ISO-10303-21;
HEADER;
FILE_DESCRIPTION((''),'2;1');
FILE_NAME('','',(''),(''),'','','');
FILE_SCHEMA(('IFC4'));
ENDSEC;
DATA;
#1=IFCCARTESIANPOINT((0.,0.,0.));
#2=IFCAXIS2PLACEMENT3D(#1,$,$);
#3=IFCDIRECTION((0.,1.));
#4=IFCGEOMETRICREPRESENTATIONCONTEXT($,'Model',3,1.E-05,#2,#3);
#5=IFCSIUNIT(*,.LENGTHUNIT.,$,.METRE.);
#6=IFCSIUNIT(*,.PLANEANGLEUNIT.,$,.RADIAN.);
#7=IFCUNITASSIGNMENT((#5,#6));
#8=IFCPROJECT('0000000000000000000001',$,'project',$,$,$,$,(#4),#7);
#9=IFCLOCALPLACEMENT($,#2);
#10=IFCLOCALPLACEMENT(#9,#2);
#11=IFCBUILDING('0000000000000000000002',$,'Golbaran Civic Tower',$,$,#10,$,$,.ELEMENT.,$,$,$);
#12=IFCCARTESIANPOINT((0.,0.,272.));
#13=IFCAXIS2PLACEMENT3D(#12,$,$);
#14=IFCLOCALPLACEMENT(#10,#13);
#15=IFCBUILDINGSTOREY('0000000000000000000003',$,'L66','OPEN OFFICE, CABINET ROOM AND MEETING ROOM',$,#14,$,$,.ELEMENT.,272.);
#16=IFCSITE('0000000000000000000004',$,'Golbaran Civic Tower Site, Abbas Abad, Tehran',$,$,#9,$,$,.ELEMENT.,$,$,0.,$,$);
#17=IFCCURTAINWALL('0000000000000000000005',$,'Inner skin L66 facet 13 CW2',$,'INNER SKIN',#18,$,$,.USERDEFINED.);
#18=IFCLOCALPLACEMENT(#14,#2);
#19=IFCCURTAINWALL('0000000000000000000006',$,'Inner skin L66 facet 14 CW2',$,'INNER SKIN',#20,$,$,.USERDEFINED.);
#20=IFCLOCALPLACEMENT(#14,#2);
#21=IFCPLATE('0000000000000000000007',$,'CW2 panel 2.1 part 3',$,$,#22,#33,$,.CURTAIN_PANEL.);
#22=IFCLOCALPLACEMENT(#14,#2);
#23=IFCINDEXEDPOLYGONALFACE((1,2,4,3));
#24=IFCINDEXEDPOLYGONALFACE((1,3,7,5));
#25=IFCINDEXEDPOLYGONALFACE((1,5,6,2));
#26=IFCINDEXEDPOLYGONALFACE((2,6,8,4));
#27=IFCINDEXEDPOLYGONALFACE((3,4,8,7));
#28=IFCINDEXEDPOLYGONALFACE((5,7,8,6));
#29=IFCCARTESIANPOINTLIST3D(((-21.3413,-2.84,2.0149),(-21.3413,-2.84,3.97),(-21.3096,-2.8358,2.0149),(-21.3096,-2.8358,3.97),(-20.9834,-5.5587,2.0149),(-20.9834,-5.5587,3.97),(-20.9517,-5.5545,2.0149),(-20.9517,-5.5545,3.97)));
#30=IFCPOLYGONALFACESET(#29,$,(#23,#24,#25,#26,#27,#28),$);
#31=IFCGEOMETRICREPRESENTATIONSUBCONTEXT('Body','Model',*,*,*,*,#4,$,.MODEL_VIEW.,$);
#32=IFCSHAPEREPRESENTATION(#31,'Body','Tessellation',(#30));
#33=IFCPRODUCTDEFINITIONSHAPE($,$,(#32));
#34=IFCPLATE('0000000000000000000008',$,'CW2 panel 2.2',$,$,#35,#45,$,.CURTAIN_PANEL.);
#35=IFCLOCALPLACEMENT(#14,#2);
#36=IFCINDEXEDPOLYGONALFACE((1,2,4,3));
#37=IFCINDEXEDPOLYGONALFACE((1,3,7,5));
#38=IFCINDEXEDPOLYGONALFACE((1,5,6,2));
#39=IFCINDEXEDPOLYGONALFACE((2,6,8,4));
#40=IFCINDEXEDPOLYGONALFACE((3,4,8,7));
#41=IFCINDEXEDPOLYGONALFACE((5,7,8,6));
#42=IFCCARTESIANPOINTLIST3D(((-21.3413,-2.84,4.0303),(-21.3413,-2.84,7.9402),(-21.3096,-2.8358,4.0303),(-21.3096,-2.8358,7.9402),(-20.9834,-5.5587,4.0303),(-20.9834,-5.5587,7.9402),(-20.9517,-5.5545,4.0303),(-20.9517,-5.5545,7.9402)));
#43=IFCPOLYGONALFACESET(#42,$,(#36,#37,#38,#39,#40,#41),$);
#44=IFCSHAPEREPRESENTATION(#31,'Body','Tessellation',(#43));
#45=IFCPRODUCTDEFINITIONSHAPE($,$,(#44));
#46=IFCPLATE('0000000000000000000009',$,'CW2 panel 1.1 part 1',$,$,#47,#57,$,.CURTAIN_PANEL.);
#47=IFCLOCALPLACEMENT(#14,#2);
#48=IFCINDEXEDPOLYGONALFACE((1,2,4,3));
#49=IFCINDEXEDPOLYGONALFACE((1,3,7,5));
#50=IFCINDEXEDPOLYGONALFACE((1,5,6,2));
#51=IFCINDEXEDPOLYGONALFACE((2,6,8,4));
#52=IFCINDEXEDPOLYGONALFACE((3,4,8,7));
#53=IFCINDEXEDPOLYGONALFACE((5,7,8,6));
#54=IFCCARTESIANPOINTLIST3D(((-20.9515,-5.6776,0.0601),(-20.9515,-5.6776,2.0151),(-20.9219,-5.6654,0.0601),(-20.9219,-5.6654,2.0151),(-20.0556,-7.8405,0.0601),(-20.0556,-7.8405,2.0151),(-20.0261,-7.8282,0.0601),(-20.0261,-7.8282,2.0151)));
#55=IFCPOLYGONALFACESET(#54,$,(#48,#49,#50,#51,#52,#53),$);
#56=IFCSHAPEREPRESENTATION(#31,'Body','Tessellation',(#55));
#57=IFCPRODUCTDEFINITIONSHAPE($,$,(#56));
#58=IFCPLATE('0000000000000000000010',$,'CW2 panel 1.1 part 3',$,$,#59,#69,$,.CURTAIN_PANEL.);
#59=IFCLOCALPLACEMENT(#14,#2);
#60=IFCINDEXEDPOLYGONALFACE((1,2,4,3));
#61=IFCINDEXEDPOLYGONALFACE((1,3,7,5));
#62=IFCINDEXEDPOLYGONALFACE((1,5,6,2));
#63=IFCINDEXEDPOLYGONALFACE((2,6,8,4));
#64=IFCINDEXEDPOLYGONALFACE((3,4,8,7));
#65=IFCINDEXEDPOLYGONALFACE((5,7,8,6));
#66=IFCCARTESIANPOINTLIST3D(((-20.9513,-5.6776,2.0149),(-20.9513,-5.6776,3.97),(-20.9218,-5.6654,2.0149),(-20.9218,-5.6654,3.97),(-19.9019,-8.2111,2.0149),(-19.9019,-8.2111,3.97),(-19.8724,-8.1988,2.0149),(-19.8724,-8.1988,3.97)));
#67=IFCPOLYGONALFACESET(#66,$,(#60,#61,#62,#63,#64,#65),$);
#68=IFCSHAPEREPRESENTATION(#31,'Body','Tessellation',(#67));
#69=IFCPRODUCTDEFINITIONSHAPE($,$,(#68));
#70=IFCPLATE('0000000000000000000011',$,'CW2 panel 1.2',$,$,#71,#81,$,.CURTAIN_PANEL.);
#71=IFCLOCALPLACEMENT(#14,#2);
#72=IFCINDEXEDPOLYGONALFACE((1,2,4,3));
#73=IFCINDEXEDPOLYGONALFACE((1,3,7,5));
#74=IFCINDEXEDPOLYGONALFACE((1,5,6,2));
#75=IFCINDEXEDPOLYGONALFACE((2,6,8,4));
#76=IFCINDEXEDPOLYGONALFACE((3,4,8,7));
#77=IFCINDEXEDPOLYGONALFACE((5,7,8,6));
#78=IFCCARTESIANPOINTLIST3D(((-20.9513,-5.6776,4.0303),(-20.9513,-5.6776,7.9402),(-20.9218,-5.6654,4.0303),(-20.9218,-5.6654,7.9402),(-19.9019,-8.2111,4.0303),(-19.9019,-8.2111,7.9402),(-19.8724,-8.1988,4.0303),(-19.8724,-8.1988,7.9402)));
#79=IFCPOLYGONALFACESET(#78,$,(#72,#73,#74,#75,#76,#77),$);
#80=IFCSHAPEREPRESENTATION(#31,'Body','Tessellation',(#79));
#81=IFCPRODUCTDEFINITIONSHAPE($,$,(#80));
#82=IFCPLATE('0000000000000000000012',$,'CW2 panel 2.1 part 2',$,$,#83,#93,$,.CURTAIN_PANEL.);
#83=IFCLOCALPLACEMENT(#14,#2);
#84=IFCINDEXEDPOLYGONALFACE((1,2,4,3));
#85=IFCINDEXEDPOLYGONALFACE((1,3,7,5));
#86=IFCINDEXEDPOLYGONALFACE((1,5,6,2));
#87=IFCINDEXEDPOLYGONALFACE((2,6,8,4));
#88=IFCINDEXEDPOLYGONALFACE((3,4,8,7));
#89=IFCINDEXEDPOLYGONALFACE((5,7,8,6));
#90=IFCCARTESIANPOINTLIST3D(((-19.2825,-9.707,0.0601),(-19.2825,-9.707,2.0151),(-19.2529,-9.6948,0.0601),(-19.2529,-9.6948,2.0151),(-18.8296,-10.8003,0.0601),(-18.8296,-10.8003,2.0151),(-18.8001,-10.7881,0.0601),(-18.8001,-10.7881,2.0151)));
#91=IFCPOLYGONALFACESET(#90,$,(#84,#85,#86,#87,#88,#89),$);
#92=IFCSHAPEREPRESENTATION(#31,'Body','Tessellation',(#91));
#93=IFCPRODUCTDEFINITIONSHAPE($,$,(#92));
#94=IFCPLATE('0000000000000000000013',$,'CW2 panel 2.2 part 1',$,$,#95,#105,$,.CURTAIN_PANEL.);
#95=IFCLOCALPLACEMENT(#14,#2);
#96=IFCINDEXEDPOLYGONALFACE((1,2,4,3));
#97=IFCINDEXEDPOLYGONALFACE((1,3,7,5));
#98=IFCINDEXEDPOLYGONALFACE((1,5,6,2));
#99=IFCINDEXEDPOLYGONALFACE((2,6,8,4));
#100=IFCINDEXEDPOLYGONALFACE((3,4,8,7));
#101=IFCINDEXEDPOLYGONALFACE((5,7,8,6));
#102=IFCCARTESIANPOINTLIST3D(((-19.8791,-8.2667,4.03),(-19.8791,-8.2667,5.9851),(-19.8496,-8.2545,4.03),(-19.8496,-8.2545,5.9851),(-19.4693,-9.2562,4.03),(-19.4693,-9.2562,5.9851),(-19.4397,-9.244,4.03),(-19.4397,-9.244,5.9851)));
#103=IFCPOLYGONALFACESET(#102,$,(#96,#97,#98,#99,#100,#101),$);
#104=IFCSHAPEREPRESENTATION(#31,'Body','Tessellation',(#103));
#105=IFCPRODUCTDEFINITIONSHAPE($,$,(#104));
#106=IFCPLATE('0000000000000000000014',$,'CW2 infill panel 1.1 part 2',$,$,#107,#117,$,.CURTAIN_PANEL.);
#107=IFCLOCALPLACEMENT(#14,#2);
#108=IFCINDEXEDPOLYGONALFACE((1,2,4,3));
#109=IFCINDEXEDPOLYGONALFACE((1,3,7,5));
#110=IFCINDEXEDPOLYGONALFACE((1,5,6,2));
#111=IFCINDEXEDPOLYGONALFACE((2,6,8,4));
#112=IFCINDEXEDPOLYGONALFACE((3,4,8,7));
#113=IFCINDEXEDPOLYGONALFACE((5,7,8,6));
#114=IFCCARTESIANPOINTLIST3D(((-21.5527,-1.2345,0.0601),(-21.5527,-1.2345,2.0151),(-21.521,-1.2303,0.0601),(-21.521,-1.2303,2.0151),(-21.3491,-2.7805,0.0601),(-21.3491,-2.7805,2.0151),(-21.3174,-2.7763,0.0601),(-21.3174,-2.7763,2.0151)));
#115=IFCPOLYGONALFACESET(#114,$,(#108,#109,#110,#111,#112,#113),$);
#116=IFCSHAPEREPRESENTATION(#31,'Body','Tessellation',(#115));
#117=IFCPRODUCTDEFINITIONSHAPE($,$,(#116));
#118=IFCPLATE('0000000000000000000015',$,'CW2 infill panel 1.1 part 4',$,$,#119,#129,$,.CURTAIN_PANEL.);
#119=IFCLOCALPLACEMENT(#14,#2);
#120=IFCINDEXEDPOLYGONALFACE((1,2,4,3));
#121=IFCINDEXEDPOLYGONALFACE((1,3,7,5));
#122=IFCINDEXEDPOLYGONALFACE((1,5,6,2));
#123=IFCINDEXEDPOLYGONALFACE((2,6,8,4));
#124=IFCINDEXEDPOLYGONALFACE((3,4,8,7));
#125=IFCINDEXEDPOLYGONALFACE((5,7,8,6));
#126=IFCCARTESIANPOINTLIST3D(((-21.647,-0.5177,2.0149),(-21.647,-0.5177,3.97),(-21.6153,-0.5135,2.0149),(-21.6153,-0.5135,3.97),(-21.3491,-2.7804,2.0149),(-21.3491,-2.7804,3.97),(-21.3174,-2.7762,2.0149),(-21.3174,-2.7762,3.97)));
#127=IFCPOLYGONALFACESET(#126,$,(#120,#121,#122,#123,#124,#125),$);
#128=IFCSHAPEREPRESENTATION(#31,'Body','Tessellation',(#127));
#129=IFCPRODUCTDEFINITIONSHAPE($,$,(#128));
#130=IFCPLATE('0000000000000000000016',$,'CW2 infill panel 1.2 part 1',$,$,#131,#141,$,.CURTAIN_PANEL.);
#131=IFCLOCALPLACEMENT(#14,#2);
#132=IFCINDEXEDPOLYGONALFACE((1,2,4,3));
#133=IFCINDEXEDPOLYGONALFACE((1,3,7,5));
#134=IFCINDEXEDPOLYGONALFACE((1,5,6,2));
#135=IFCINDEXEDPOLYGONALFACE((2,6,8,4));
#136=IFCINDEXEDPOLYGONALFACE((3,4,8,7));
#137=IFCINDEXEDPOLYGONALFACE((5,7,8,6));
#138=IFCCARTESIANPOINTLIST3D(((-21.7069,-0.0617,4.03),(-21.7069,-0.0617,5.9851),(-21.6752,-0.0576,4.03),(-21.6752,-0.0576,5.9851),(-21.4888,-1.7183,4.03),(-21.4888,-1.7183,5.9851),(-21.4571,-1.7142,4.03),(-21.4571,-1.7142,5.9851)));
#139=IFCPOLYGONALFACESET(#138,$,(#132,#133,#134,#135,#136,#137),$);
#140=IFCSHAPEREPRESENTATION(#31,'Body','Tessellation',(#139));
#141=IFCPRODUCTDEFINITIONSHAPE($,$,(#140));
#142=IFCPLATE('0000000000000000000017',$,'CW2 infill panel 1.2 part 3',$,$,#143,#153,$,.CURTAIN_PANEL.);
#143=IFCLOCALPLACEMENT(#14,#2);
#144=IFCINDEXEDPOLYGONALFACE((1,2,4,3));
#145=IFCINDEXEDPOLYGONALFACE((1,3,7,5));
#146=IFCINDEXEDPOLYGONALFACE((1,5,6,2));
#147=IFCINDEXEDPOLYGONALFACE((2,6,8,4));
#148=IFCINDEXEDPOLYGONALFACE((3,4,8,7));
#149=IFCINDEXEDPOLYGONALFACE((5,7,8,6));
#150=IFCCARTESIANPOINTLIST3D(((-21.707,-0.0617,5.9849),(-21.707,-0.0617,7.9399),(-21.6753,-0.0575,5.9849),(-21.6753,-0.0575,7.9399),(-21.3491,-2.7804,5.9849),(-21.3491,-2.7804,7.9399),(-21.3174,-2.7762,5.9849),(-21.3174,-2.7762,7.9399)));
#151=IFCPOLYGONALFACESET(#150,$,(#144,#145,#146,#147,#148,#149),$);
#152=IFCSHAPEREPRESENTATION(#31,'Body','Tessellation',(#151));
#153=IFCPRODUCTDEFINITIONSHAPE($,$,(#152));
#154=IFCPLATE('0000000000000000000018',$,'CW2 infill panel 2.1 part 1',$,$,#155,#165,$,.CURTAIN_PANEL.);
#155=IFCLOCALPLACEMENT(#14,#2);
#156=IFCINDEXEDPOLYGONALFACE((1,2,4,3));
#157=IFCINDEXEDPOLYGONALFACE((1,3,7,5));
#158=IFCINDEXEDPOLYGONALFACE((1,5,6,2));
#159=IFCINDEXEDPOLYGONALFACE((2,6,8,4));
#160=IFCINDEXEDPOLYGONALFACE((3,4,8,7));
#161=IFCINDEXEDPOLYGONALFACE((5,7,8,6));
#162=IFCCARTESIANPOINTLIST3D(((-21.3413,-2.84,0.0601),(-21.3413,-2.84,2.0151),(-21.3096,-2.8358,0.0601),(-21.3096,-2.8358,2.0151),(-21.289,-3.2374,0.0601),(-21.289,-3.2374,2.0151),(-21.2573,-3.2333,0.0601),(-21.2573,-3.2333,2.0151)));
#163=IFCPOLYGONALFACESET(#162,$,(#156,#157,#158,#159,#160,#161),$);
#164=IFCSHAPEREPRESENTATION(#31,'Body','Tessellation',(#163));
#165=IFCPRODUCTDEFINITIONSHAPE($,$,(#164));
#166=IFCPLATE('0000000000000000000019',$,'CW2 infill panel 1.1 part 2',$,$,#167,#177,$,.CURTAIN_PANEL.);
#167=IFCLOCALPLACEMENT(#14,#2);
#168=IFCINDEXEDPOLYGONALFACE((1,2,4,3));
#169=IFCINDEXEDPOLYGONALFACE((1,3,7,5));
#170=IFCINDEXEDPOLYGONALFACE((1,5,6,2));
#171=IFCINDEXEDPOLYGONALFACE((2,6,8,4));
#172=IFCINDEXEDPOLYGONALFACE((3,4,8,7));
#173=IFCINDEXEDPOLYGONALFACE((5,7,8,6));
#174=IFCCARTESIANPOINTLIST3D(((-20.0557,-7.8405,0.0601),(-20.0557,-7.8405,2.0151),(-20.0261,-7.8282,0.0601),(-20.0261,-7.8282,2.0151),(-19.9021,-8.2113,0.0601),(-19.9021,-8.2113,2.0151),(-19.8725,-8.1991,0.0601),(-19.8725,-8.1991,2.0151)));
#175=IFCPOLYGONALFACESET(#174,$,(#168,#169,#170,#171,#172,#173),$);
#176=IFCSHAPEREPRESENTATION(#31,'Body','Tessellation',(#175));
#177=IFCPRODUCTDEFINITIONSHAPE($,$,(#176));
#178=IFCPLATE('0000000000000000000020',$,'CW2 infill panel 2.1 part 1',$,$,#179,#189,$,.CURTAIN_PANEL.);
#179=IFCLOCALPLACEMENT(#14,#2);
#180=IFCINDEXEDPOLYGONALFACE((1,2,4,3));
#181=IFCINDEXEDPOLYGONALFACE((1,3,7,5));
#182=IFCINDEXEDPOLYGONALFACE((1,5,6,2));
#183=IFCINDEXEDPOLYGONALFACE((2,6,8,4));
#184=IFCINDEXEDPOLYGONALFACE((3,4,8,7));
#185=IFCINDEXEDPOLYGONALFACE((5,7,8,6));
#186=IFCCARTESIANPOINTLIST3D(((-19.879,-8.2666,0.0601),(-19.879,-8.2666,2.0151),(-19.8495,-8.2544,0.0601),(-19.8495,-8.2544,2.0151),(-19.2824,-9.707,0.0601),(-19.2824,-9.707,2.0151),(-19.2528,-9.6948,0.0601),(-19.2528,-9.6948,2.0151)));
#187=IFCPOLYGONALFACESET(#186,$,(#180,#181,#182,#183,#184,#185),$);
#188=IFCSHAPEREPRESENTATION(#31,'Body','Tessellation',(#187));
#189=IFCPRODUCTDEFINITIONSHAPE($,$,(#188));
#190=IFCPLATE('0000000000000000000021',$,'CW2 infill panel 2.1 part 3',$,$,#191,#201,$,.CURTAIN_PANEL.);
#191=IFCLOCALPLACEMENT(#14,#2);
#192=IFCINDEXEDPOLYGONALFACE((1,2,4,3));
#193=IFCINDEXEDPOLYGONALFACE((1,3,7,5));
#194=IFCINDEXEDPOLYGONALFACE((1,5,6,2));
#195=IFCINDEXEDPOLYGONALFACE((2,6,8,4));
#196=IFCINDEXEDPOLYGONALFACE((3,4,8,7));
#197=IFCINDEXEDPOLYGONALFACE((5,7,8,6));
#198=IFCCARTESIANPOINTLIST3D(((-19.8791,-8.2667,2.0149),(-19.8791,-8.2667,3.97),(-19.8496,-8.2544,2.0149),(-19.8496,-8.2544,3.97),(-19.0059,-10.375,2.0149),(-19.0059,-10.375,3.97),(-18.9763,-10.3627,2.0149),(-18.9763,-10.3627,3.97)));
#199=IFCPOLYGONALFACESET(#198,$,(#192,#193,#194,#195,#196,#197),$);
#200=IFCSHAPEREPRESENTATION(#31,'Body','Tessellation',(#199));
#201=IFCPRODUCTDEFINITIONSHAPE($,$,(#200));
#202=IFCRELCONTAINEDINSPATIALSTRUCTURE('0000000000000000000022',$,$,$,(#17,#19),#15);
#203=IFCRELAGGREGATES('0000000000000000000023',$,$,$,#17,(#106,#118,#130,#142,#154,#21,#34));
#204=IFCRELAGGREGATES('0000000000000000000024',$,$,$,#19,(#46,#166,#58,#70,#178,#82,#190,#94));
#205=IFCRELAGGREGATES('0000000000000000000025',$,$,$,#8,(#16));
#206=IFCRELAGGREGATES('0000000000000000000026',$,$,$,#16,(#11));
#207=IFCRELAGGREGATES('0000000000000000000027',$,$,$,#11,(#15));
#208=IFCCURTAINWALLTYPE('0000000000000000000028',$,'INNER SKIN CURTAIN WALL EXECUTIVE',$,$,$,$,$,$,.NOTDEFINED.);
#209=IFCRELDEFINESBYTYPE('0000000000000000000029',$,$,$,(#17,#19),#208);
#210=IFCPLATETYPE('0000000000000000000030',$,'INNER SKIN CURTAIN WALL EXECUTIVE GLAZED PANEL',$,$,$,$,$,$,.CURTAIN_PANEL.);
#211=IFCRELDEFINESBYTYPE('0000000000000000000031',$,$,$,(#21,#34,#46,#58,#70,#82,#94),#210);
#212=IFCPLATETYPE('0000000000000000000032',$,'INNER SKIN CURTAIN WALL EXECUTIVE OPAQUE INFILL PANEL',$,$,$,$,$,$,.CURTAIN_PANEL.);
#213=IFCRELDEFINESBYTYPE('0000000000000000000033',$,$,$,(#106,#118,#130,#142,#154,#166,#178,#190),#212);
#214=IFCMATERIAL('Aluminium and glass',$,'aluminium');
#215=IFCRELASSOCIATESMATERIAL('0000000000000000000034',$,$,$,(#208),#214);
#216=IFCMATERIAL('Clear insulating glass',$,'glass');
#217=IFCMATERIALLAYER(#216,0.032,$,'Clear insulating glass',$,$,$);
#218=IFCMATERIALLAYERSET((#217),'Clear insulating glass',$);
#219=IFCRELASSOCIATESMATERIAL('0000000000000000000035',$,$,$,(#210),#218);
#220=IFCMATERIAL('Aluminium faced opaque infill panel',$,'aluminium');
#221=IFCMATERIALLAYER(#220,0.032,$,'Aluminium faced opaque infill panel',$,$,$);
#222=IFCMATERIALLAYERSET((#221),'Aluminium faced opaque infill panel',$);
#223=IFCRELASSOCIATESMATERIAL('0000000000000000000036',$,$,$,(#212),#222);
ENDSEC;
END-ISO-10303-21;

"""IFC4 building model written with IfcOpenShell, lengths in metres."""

from ifc_helpers import new_model, si_unit, direction, frame, origin, origin_2d, place, context, subcontext, project, spatial, rectangle, extrude, material, layer, layer_set, type_object, element, aggregate, save


model = new_model("IFC4")

# Units and contexts
model_context = context("Model", 3, precision=1e-05, world=origin(), true_north=direction((0.0, 1.0)))
body_context = subcontext(model_context, "Body", "Model", "MODEL_VIEW")
ifc_project = project(units=[si_unit("LENGTHUNIT", "METRE"), si_unit("PLANEANGLEUNIT", "RADIAN")], contexts=[model_context])

# Site, building, storey
site_placement = place(None, origin())
site = spatial("IfcSite", under=ifc_project, at=site_placement, Name="Golbaran Civic Tower Site, Abbas Abad, Tehran", CompositionType="ELEMENT", RefElevation=0.0)
building_placement = place(site_placement, origin())
building = spatial("IfcBuilding", under=site, at=building_placement, Name="Golbaran Civic Tower", CompositionType="ELEMENT")
storey_placement = place(building_placement, frame((0.0, 0.0, 272.0)))
storey = spatial("IfcBuildingStorey", under=building, at=storey_placement, Name="L66", Description="OPEN OFFICE, CABINET ROOM AND MEETING ROOM", CompositionType="ELEMENT", Elevation=272.0)

# Curtain walls
ifc_material_1 = material(Name="Aluminium and glass", Category="aluminium")
curtain_wall_type = type_object("IfcCurtainWallType", Name="INNER SKIN CURTAIN WALL EXECUTIVE", PredefinedType="NOTDEFINED", material=ifc_material_1)
curtain_wall_1_placement = place(storey_placement, origin())
curtain_wall_1 = element("IfcCurtainWall", 1, at=curtain_wall_1_placement, inside=storey, type_object=curtain_wall_type, Name="Inner skin L66 facet 13 CW2", ObjectType="INNER SKIN", PredefinedType="USERDEFINED")
curtain_wall_2_placement = place(storey_placement, origin())
curtain_wall_2 = element("IfcCurtainWall", 2, at=curtain_wall_2_placement, inside=storey, type_object=curtain_wall_type, Name="Inner skin L66 facet 14 CW2", ObjectType="INNER SKIN", PredefinedType="USERDEFINED")

# Plates
ifc_material_2 = material(Name="Clear insulating glass", Category="glass")
ifc_layer_1 = layer(ifc_material_2, 0.032, Name="Clear insulating glass")
ifc_layer_set_1 = layer_set([ifc_layer_1], Name="Clear insulating glass")
plate_type_1 = type_object("IfcPlateType", Name="INNER SKIN CURTAIN WALL EXECUTIVE GLAZED PANEL", PredefinedType="CURTAIN_PANEL", material=ifc_layer_set_1)
plate_1_placement = place(storey_placement, frame((-21.1465, -4.1973, 2.0149), z_axis=(0.0, 0.0, 1.0), x_axis=(0.130526, -0.991445, 0.0)))
plate_1 = element("IfcPlate", 3, at=plate_1_placement, type_object=plate_type_1, Name="CW2 panel 2.1 part 3", PredefinedType="CURTAIN_PANEL", context=body_context, shape_type="SweptSolid", body=[
    extrude(rectangle(XDim=2.7422, YDim=0.032, at=origin_2d()), origin(), (0.0, 0.0, 1.0), 1.9551),
])
plate_2_placement = place(storey_placement, frame((-21.1465, -4.1973, 4.0303), z_axis=(0.0, 0.0, 1.0), x_axis=(0.130526, -0.991445, 0.0)))
plate_2 = element("IfcPlate", 4, at=plate_2_placement, type_object=plate_type_1, Name="CW2 panel 2.2", PredefinedType="CURTAIN_PANEL", context=body_context, shape_type="SweptSolid", body=[
    extrude(rectangle(XDim=2.7422, YDim=0.032, at=origin_2d()), origin(), (0.0, 0.0, 1.0), 3.9099),
])
plate_3_placement = place(storey_placement, frame((-20.4888, -6.7529, 0.0601), z_axis=(0.0, 0.0, 1.0), x_axis=(0.382683, -0.92388, 0.0)))
plate_3 = element("IfcPlate", 5, at=plate_3_placement, type_object=plate_type_1, Name="CW2 panel 1.1 part 1", PredefinedType="CURTAIN_PANEL", context=body_context, shape_type="SweptSolid", body=[
    extrude(rectangle(XDim=2.3411, YDim=0.032, at=origin_2d()), origin(), (0.0, 0.0, 1.0), 1.9551),
])
plate_4_placement = place(storey_placement, frame((-20.4119, -6.9382, 2.0149), z_axis=(0.0, 0.0, 1.0), x_axis=(0.382683, -0.92388, 0.0)))
plate_4 = element("IfcPlate", 6, at=plate_4_placement, type_object=plate_type_1, Name="CW2 panel 1.1 part 3", PredefinedType="CURTAIN_PANEL", context=body_context, shape_type="SweptSolid", body=[
    extrude(rectangle(XDim=2.7422, YDim=0.032, at=origin_2d()), origin(), (0.0, 0.0, 1.0), 1.9551),
])
plate_5_placement = place(storey_placement, frame((-20.4119, -6.9382, 4.0303), z_axis=(0.0, 0.0, 1.0), x_axis=(0.382683, -0.92388, 0.0)))
plate_5 = element("IfcPlate", 7, at=plate_5_placement, type_object=plate_type_1, Name="CW2 panel 1.2", PredefinedType="CURTAIN_PANEL", context=body_context, shape_type="SweptSolid", body=[
    extrude(rectangle(XDim=2.7422, YDim=0.032, at=origin_2d()), origin(), (0.0, 0.0, 1.0), 3.9099),
])
plate_6_placement = place(storey_placement, frame((-19.0413, -10.2476, 0.0601), z_axis=(0.0, 0.0, 1.0), x_axis=(0.382683, -0.92388, 0.0)))
plate_6 = element("IfcPlate", 8, at=plate_6_placement, type_object=plate_type_1, Name="CW2 panel 2.1 part 2", PredefinedType="CURTAIN_PANEL", context=body_context, shape_type="SweptSolid", body=[
    extrude(rectangle(XDim=1.1833, YDim=0.032, at=origin_2d()), origin(), (0.0, 0.0, 1.0), 1.9551),
])
plate_7_placement = place(storey_placement, frame((-19.6594, -8.7554, 4.03), z_axis=(0.0, 0.0, 1.0), x_axis=(0.382683, -0.92388, 0.0)))
plate_7 = element("IfcPlate", 9, at=plate_7_placement, type_object=plate_type_1, Name="CW2 panel 2.2 part 1", PredefinedType="CURTAIN_PANEL", context=body_context, shape_type="SweptSolid", body=[
    extrude(rectangle(XDim=1.071, YDim=0.032, at=origin_2d()), origin(), (0.0, 0.0, 1.0), 1.9551),
])
ifc_material_3 = material(Name="Aluminium faced opaque infill panel", Category="aluminium")
ifc_layer_2 = layer(ifc_material_3, 0.032, Name="Aluminium faced opaque infill panel")
ifc_layer_set_2 = layer_set([ifc_layer_2], Name="Aluminium faced opaque infill panel")
plate_type_2 = type_object("IfcPlateType", Name="INNER SKIN CURTAIN WALL EXECUTIVE OPAQUE INFILL PANEL", PredefinedType="CURTAIN_PANEL", material=ifc_layer_set_2)
plate_8_placement = place(storey_placement, frame((-21.4351, -2.0054, 0.0601), z_axis=(0.0, 0.0, 1.0), x_axis=(0.130526, -0.991445, 0.0)))
plate_8 = element("IfcPlate", 10, at=plate_8_placement, type_object=plate_type_2, Name="CW2 infill panel 1.1 part 2", PredefinedType="CURTAIN_PANEL", context=body_context, shape_type="SweptSolid", body=[
    extrude(rectangle(XDim=1.5593, YDim=0.032, at=origin_2d()), origin(), (0.0, 0.0, 1.0), 1.9551),
])
plate_9_placement = place(storey_placement, frame((-21.4822, -1.647, 2.0149), z_axis=(0.0, 0.0, 1.0), x_axis=(0.130526, -0.991445, 0.0)))
plate_9 = element("IfcPlate", 11, at=plate_9_placement, type_object=plate_type_2, Name="CW2 infill panel 1.1 part 4", PredefinedType="CURTAIN_PANEL", context=body_context, shape_type="SweptSolid", body=[
    extrude(rectangle(XDim=2.2822, YDim=0.032, at=origin_2d()), origin(), (0.0, 0.0, 1.0), 1.9551),
])
plate_10_placement = place(storey_placement, frame((-21.582, -0.8879, 4.03), z_axis=(0.0, 0.0, 1.0), x_axis=(0.130526, -0.991445, 0.0)))
plate_10 = element("IfcPlate", 12, at=plate_10_placement, type_object=plate_type_2, Name="CW2 infill panel 1.2 part 1", PredefinedType="CURTAIN_PANEL", context=body_context, shape_type="SweptSolid", body=[
    extrude(rectangle(XDim=1.6709, YDim=0.032, at=origin_2d()), origin(), (0.0, 0.0, 1.0), 1.9551),
])
plate_11_placement = place(storey_placement, frame((-21.5122, -1.4189, 5.9849), z_axis=(0.0, 0.0, 1.0), x_axis=(0.130526, -0.991445, 0.0)))
plate_11 = element("IfcPlate", 13, at=plate_11_placement, type_object=plate_type_2, Name="CW2 infill panel 1.2 part 3", PredefinedType="CURTAIN_PANEL", context=body_context, shape_type="SweptSolid", body=[
    extrude(rectangle(XDim=2.7422, YDim=0.032, at=origin_2d()), origin(), (0.0, 0.0, 1.0), 1.9551),
])
plate_12_placement = place(storey_placement, frame((-21.2993, -3.0366, 0.0601), z_axis=(0.0, 0.0, 1.0), x_axis=(0.130526, -0.991445, 0.0)))
plate_12 = element("IfcPlate", 14, at=plate_12_placement, type_object=plate_type_2, Name="CW2 infill panel 2.1 part 1", PredefinedType="CURTAIN_PANEL", context=body_context, shape_type="SweptSolid", body=[
    extrude(rectangle(XDim=0.4009, YDim=0.032, at=origin_2d()), origin(), (0.0, 0.0, 1.0), 1.9551),
])
aggregate(curtain_wall_1, [plate_8, plate_9, plate_10, plate_11, plate_12, plate_1, plate_2])
plate_13_placement = place(storey_placement, frame((-19.9641, -8.0198, 0.0601), z_axis=(0.0, 0.0, 1.0), x_axis=(0.382683, -0.92388, 0.0)))
plate_13 = element("IfcPlate", 15, at=plate_13_placement, type_object=plate_type_2, Name="CW2 infill panel 1.1 part 2", PredefinedType="CURTAIN_PANEL", context=body_context, shape_type="SweptSolid", body=[
    extrude(rectangle(XDim=0.4014, YDim=0.032, at=origin_2d()), origin(), (0.0, 0.0, 1.0), 1.9551),
])
plate_14_placement = place(storey_placement, frame((-19.5659, -8.9807, 0.0601), z_axis=(0.0, 0.0, 1.0), x_axis=(0.382683, -0.92388, 0.0)))
plate_14 = element("IfcPlate", 16, at=plate_14_placement, type_object=plate_type_2, Name="CW2 infill panel 2.1 part 1", PredefinedType="CURTAIN_PANEL", context=body_context, shape_type="SweptSolid", body=[
    extrude(rectangle(XDim=1.5591, YDim=0.032, at=origin_2d()), origin(), (0.0, 0.0, 1.0), 1.9551),
])
plate_15_placement = place(storey_placement, frame((-19.4277, -9.3147, 2.0149), z_axis=(0.0, 0.0, 1.0), x_axis=(0.382683, -0.92388, 0.0)))
plate_15 = element("IfcPlate", 17, at=plate_15_placement, type_object=plate_type_2, Name="CW2 infill panel 2.1 part 3", PredefinedType="CURTAIN_PANEL", context=body_context, shape_type="SweptSolid", body=[
    extrude(rectangle(XDim=2.282, YDim=0.032, at=origin_2d()), origin(), (0.0, 0.0, 1.0), 1.9551),
])
aggregate(curtain_wall_2, [plate_3, plate_13, plate_4, plate_5, plate_14, plate_6, plate_15, plate_7])

save(model, "model.ifc")
